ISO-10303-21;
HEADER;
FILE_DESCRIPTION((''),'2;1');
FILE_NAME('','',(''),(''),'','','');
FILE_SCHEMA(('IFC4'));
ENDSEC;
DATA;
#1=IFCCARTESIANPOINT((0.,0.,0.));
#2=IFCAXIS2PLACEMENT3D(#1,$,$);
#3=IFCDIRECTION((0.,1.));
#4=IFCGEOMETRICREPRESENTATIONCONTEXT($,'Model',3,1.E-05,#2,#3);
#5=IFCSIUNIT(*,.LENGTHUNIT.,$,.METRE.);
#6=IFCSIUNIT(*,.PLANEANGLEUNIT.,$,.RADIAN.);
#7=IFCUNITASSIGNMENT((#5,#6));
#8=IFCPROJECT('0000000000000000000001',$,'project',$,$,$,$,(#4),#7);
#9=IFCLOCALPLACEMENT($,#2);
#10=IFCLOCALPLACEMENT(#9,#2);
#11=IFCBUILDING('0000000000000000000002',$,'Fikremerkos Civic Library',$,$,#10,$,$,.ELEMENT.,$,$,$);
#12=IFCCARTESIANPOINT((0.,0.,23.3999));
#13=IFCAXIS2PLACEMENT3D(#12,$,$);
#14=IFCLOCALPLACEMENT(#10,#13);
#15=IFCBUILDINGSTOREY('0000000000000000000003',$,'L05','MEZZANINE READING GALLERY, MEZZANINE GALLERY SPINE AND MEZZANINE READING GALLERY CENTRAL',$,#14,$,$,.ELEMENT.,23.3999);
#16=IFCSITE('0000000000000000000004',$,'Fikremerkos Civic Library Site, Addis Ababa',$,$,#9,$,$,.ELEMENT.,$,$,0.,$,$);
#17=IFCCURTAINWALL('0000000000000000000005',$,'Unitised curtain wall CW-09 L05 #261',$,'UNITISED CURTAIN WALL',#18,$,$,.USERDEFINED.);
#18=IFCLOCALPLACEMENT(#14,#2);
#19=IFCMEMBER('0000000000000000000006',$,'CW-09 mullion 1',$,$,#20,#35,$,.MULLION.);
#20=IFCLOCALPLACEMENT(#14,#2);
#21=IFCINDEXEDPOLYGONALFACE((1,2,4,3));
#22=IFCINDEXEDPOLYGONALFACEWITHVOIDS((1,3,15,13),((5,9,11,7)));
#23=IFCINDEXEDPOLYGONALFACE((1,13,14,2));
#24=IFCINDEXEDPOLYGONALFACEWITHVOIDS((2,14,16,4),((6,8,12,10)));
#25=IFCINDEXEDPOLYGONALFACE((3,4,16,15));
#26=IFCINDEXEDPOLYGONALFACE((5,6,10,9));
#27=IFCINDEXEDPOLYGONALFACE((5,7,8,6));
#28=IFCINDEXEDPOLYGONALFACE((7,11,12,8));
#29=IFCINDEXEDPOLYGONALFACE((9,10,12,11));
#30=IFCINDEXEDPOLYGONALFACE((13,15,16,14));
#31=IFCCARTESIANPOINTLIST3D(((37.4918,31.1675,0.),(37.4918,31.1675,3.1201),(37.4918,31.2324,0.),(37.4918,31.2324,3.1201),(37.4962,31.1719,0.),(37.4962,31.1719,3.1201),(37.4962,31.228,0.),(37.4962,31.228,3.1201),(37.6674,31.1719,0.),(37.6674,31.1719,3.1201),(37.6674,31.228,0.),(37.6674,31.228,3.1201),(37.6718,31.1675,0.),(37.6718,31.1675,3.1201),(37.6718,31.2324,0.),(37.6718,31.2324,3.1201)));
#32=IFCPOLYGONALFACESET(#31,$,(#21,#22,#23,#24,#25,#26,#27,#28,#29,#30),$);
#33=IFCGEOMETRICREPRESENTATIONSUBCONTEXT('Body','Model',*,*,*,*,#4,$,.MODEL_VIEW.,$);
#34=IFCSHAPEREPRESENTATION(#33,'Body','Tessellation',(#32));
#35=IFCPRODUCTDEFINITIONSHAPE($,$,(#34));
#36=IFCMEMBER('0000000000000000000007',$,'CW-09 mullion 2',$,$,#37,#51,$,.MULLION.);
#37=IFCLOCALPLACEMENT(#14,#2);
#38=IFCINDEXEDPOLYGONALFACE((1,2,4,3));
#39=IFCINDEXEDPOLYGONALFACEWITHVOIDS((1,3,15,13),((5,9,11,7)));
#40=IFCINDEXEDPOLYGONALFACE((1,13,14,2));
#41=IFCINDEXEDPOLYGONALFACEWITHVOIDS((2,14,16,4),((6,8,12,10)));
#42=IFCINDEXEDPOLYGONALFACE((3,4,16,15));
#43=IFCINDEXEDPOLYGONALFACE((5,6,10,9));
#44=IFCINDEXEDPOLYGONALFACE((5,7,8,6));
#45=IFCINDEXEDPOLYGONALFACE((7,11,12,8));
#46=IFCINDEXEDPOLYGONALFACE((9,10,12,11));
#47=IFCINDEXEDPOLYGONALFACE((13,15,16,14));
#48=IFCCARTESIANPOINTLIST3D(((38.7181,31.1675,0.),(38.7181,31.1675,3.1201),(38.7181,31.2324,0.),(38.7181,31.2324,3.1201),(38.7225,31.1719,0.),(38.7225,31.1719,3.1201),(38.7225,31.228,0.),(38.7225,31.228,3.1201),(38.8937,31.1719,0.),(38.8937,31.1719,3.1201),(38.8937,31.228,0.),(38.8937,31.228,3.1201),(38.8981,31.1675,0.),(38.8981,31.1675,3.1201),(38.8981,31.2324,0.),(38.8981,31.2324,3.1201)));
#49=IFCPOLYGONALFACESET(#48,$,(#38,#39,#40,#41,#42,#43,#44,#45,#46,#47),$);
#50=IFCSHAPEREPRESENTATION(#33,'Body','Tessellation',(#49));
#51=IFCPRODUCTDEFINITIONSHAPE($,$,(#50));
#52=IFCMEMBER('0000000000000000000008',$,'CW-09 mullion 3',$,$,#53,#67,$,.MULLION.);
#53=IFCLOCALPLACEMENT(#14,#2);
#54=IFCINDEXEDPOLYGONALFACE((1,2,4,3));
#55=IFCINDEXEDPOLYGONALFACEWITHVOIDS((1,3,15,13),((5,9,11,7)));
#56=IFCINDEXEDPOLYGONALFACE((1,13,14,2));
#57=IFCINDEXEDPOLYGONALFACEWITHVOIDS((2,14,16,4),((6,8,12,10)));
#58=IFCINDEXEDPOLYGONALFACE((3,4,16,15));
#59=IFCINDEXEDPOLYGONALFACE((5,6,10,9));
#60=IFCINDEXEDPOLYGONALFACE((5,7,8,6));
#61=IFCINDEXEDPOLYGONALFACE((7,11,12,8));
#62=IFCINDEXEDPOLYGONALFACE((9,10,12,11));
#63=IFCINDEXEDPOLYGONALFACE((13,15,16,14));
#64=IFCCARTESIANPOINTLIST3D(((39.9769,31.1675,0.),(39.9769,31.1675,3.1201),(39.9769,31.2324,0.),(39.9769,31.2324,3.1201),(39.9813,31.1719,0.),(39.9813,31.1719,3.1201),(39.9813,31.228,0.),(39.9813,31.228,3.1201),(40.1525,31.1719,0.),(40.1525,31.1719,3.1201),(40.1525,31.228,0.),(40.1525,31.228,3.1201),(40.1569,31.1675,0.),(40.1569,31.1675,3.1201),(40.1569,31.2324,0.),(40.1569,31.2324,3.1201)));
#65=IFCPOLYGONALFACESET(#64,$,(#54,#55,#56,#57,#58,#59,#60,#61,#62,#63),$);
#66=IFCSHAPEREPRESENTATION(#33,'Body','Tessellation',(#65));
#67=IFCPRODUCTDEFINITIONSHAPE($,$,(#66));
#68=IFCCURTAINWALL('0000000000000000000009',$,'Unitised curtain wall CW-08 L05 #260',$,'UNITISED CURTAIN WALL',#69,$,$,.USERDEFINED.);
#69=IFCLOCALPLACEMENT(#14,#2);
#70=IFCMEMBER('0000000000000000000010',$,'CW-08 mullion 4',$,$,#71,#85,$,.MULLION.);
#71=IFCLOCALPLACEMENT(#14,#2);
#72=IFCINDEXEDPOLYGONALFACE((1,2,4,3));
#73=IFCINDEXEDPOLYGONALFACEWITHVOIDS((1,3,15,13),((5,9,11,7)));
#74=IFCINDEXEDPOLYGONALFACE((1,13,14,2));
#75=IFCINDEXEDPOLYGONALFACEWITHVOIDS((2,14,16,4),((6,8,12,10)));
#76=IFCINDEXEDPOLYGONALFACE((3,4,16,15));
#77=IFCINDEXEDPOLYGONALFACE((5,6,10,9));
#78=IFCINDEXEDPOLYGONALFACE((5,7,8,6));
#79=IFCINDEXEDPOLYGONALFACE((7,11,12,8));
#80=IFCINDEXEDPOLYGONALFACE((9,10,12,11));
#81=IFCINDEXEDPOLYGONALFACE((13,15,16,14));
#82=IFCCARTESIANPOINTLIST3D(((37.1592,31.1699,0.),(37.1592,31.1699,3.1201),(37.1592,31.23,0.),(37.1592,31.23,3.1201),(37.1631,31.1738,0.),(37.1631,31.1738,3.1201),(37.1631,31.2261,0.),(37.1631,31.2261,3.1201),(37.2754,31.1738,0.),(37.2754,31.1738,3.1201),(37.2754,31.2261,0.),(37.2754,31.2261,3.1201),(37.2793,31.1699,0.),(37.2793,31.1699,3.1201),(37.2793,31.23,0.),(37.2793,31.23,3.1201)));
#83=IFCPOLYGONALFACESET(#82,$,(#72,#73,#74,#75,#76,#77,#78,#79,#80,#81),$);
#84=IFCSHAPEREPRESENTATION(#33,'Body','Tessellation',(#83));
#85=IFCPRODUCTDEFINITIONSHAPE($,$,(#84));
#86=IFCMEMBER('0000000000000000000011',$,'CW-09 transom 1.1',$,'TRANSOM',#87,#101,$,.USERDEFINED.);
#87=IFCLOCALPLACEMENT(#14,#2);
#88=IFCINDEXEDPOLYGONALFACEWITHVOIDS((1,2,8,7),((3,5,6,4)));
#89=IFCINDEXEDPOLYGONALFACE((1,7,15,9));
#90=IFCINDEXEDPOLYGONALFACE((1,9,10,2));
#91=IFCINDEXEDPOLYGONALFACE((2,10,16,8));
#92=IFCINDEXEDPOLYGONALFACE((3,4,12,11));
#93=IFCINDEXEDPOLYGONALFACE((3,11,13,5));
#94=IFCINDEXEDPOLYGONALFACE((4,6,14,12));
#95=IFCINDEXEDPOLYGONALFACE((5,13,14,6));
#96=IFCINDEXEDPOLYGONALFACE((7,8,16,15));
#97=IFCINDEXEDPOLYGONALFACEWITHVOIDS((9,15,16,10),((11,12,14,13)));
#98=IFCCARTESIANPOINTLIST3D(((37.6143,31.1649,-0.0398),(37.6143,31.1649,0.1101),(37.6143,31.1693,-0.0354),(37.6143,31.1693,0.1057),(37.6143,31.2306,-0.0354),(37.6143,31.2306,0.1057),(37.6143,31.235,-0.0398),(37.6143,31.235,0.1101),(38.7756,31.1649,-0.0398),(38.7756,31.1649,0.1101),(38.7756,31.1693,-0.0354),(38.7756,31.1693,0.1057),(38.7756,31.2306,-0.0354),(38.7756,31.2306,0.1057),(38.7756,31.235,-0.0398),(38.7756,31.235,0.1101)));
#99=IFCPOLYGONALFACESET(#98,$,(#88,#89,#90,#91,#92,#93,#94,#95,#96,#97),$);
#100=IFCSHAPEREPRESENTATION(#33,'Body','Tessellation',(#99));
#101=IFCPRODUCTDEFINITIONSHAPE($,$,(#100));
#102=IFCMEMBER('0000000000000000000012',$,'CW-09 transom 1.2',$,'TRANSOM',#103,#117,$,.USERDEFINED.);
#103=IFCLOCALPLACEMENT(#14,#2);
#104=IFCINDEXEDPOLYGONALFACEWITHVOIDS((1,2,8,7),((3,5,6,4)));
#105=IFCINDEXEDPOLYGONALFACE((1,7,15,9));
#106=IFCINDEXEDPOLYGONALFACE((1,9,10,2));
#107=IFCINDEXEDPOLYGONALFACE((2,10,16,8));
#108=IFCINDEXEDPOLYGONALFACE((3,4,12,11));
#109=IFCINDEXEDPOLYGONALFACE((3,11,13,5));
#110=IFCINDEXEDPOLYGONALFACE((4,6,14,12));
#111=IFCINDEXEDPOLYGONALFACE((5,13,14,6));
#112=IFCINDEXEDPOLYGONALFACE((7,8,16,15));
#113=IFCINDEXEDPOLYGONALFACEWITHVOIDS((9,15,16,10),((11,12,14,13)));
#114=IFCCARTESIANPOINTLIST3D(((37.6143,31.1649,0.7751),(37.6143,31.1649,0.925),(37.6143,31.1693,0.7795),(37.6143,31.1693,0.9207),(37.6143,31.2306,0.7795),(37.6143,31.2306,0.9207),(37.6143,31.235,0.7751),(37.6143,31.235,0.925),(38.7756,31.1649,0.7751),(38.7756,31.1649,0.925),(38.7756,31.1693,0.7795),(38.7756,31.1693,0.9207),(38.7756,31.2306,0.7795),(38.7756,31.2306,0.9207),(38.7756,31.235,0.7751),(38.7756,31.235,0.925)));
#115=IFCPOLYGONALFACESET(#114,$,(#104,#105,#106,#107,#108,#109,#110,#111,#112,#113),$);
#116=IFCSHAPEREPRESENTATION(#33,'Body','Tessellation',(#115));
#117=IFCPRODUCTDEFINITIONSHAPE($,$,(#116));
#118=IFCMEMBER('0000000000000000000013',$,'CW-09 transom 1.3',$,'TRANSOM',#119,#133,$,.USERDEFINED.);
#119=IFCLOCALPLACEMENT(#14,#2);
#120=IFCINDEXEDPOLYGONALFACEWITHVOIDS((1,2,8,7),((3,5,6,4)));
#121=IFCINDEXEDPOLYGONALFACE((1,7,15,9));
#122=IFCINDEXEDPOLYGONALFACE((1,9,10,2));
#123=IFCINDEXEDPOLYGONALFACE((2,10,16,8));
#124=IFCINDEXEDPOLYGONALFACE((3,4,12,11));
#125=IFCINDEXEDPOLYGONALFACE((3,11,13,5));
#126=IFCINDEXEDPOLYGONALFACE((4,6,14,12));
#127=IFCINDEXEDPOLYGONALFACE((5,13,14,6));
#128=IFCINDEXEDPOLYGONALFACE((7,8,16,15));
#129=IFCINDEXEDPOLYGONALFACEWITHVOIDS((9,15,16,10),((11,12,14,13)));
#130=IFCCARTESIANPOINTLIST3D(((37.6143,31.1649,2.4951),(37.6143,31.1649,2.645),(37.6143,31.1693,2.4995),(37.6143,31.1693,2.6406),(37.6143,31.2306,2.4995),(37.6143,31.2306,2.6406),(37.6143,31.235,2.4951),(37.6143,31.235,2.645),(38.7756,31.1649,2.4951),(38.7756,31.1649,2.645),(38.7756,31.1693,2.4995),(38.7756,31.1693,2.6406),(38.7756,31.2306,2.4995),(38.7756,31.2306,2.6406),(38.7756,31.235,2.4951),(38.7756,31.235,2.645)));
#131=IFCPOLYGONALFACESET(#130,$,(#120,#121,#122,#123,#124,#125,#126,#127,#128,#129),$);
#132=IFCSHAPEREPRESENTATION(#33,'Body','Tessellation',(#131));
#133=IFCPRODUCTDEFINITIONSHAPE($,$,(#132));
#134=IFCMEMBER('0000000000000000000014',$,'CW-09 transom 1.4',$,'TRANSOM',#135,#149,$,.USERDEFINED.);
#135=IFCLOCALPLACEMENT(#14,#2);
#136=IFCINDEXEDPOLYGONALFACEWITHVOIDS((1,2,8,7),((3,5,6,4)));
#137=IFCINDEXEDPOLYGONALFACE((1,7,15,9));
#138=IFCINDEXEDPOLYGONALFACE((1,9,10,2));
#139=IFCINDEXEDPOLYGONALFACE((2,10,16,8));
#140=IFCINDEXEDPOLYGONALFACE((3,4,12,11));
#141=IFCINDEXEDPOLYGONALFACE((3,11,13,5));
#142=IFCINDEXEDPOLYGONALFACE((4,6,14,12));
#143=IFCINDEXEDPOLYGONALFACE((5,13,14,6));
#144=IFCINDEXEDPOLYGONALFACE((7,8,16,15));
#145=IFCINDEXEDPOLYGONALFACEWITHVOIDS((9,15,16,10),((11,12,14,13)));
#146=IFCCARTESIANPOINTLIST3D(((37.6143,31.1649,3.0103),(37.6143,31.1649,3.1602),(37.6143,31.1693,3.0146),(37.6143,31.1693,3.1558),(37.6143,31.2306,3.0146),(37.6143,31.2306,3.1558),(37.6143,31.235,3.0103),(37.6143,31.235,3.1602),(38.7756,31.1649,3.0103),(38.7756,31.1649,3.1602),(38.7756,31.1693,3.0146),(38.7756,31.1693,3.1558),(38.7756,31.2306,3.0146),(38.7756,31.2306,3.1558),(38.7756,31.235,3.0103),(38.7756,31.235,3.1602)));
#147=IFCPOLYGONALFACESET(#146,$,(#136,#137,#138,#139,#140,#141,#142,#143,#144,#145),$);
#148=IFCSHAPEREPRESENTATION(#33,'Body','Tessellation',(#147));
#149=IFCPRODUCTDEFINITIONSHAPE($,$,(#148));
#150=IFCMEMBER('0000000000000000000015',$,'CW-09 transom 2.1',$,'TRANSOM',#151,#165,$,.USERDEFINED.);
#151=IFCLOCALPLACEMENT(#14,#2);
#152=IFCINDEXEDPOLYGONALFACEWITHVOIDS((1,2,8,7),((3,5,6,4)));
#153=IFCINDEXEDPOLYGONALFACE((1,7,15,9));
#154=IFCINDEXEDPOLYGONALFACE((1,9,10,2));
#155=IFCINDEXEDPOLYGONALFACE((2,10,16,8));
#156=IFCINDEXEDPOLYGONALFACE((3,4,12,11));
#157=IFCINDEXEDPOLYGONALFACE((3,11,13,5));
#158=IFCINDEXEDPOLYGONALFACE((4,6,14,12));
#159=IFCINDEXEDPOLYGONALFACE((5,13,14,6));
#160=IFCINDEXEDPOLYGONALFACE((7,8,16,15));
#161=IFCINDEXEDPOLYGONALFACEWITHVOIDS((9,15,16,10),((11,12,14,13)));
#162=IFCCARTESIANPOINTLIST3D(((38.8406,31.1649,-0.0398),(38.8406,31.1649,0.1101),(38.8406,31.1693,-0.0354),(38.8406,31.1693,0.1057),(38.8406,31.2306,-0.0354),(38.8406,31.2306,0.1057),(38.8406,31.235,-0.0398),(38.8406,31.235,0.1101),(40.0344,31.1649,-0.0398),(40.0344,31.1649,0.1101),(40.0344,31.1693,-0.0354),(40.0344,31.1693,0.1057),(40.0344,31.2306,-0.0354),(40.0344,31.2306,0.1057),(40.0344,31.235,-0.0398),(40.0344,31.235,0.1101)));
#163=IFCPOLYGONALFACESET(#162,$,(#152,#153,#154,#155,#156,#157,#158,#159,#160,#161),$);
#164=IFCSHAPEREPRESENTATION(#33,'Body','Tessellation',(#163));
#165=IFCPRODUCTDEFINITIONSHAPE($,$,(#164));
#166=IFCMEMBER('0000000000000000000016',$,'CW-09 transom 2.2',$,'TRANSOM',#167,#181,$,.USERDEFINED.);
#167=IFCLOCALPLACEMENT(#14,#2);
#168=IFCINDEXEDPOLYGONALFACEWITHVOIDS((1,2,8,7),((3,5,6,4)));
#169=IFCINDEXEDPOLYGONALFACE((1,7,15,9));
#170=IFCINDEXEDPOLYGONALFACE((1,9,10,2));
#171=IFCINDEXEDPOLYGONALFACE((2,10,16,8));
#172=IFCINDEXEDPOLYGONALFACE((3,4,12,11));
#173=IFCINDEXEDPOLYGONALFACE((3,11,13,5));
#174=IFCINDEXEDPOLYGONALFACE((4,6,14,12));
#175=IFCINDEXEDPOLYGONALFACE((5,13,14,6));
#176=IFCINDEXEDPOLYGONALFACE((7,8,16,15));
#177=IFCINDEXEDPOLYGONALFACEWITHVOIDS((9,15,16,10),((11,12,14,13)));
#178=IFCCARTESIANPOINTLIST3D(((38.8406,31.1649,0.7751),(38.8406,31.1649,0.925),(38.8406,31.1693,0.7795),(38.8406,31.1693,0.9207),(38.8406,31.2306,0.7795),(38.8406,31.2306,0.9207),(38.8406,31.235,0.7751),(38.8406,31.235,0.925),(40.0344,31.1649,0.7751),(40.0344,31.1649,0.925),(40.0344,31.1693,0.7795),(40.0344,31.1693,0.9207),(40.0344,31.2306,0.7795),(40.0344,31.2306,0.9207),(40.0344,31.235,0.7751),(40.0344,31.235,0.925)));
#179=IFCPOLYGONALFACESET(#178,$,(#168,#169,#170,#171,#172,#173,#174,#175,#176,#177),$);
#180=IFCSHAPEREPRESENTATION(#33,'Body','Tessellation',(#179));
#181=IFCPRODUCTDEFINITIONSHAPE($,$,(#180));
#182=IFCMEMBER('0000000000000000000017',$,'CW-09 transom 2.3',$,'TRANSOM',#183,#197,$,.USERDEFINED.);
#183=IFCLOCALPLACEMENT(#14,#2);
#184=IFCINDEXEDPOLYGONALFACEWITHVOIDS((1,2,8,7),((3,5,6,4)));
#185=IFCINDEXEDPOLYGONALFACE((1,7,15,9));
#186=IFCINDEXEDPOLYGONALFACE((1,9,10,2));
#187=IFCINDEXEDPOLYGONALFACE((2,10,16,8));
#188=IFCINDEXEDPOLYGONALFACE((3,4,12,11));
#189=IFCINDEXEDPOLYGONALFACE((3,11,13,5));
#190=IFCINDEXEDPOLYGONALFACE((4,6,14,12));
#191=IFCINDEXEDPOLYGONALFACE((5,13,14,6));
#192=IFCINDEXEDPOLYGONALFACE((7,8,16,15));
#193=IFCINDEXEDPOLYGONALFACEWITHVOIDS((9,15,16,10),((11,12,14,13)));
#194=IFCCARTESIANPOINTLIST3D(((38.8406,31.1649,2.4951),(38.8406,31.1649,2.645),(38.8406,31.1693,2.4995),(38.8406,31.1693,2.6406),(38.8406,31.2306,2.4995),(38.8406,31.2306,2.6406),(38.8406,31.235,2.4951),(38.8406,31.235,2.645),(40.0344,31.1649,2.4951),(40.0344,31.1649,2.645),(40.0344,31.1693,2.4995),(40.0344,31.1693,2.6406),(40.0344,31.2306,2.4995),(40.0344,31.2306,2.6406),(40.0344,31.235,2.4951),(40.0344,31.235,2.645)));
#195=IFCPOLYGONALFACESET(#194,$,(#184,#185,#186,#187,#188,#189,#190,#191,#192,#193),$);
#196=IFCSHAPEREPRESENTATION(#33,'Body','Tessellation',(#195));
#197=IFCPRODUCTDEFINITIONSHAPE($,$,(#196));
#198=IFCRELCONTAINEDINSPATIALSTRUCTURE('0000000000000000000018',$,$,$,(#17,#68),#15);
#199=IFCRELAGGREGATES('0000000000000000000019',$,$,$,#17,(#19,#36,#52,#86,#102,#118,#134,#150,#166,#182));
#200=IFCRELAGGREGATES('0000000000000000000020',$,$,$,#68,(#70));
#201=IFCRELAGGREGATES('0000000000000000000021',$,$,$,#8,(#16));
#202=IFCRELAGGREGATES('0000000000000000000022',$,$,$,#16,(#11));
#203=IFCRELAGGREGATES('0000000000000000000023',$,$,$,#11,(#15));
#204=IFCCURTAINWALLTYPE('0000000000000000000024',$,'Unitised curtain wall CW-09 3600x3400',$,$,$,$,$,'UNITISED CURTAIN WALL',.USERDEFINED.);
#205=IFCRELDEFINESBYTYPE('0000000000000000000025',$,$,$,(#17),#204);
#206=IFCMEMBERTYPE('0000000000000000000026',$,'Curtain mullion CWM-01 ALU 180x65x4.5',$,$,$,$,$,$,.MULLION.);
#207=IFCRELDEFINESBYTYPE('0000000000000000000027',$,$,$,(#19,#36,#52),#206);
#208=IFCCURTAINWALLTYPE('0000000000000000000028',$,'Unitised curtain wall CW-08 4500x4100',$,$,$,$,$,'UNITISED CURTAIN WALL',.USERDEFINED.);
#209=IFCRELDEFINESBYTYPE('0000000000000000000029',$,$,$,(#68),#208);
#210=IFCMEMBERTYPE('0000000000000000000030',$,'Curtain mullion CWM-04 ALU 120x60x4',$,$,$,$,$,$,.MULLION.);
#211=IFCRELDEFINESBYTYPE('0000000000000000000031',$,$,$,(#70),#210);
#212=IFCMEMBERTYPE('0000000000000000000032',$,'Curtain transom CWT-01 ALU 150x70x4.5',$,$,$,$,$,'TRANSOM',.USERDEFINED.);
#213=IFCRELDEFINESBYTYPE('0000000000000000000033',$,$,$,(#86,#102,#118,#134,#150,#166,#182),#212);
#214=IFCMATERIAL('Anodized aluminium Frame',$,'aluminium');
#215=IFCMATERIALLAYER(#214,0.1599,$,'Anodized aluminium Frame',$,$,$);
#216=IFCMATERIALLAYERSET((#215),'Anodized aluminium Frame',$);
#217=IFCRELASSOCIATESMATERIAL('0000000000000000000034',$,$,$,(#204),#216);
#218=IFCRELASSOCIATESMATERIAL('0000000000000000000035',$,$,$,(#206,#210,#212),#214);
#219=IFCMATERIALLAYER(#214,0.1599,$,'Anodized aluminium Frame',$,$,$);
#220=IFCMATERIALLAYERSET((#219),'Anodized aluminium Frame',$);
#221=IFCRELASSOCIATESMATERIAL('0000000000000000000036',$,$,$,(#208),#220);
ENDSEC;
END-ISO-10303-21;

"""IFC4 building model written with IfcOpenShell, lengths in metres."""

from ifc_helpers import new_model, si_unit, direction, frame, origin, origin_2d, place, context, subcontext, project, spatial, hollow_rectangle, extrude, material, layer, layer_set, material_profile, profile_set, type_object, element, aggregate, save


model = new_model("IFC4")

# Units and contexts
model_context = context("Model", 3, precision=1e-05, world=origin(), true_north=direction((0.0, 1.0)))
body_context = subcontext(model_context, "Body", "Model", "MODEL_VIEW")
ifc_project = project(units=[si_unit("LENGTHUNIT", "METRE"), si_unit("PLANEANGLEUNIT", "RADIAN")], contexts=[model_context])

# Site, building, storey
site_placement = place(None, origin())
site = spatial("IfcSite", under=ifc_project, at=site_placement, Name="Fikremerkos Civic Library Site, Addis Ababa", CompositionType="ELEMENT", RefElevation=0.0)
building_placement = place(site_placement, origin())
building = spatial("IfcBuilding", under=site, at=building_placement, Name="Fikremerkos Civic Library", CompositionType="ELEMENT")
storey_placement = place(building_placement, frame((0.0, 0.0, 23.3999)))
storey = spatial("IfcBuildingStorey", under=building, at=storey_placement, Name="L05", Description="MEZZANINE READING GALLERY, MEZZANINE GALLERY SPINE AND MEZZANINE READING GALLERY CENTRAL", CompositionType="ELEMENT", Elevation=23.3999)

# Curtain wall, members
ifc_material_1 = material(Name="Anodized aluminium Frame", Category="aluminium")
ifc_layer_1 = layer(ifc_material_1, 0.1599, Name="Anodized aluminium Frame")
ifc_layer_set_1 = layer_set([ifc_layer_1], Name="Anodized aluminium Frame")
curtain_wall_type_1 = type_object("IfcCurtainWallType", Name="Unitised curtain wall CW-09 3600x3400", ElementType="UNITISED CURTAIN WALL", PredefinedType="USERDEFINED", material=ifc_layer_set_1)
curtain_wall_1_placement = place(storey_placement, origin())
curtain_wall_1 = element("IfcCurtainWall", 1, at=curtain_wall_1_placement, inside=storey, type_object=curtain_wall_type_1, Name="Unitised curtain wall CW-09 L05 #261", ObjectType="UNITISED CURTAIN WALL", PredefinedType="USERDEFINED")
ifc_material_profile_1 = material_profile(ifc_material_1, hollow_rectangle(XDim=0.0649, YDim=0.1799, WallThickness=0.0044, at=origin_2d()), Name="ALU 180x65x4.5")
ifc_profile_set_1 = profile_set([ifc_material_profile_1], Name="Anodized aluminium Frame")
member_type_1 = type_object("IfcMemberType", Name="Curtain mullion CWM-01 ALU 180x65x4.5", PredefinedType="MULLION", material=ifc_profile_set_1)
member_1_placement = place(storey_placement, frame((37.5818, 31.2, 0.0), z_axis=(0.0, 0.0, 1.0), x_axis=(0.0, 1.0, 0.0)))
member_1 = element("IfcMember", 2, at=member_1_placement, type_object=member_type_1, Name="CW-09 mullion 1", PredefinedType="MULLION", context=body_context, shape_type="SweptSolid", body=[
    extrude(hollow_rectangle(XDim=0.0649, YDim=0.1799, WallThickness=0.0044, at=origin_2d()), origin(), (0.0, 0.0, 1.0), 3.1201),
])
member_2_placement = place(storey_placement, frame((38.8081, 31.2, 0.0), z_axis=(0.0, 0.0, 1.0), x_axis=(0.0, 1.0, 0.0)))
member_2 = element("IfcMember", 3, at=member_2_placement, type_object=member_type_1, Name="CW-09 mullion 2", PredefinedType="MULLION", context=body_context, shape_type="SweptSolid", body=[
    extrude(hollow_rectangle(XDim=0.0649, YDim=0.1799, WallThickness=0.0044, at=origin_2d()), origin(), (0.0, 0.0, 1.0), 3.1201),
])
member_3_placement = place(storey_placement, frame((40.0669, 31.2, 0.0), z_axis=(0.0, 0.0, 1.0), x_axis=(0.0, 1.0, 0.0)))
member_3 = element("IfcMember", 4, at=member_3_placement, type_object=member_type_1, Name="CW-09 mullion 3", PredefinedType="MULLION", context=body_context, shape_type="SweptSolid", body=[
    extrude(hollow_rectangle(XDim=0.0649, YDim=0.1799, WallThickness=0.0044, at=origin_2d()), origin(), (0.0, 0.0, 1.0), 3.1201),
])

# Curtain wall, member
ifc_layer_2 = layer(ifc_material_1, 0.1599, Name="Anodized aluminium Frame")
ifc_layer_set_2 = layer_set([ifc_layer_2], Name="Anodized aluminium Frame")
curtain_wall_type_2 = type_object("IfcCurtainWallType", Name="Unitised curtain wall CW-08 4500x4100", ElementType="UNITISED CURTAIN WALL", PredefinedType="USERDEFINED", material=ifc_layer_set_2)
curtain_wall_2_placement = place(storey_placement, origin())
curtain_wall_2 = element("IfcCurtainWall", 5, at=curtain_wall_2_placement, inside=storey, type_object=curtain_wall_type_2, Name="Unitised curtain wall CW-08 L05 #260", ObjectType="UNITISED CURTAIN WALL", PredefinedType="USERDEFINED")
ifc_material_profile_2 = material_profile(ifc_material_1, hollow_rectangle(XDim=0.0601, YDim=0.1201, WallThickness=0.0039, at=origin_2d()), Name="ALU 120x60x4")
ifc_profile_set_2 = profile_set([ifc_material_profile_2], Name="Anodized aluminium Frame")
member_type_2 = type_object("IfcMemberType", Name="Curtain mullion CWM-04 ALU 120x60x4", PredefinedType="MULLION", material=ifc_profile_set_2)
member_4_placement = place(storey_placement, frame((37.2192, 31.2, 0.0), z_axis=(0.0, 0.0, 1.0), x_axis=(0.0, 1.0, 0.0)))
member_4 = element("IfcMember", 6, at=member_4_placement, type_object=member_type_2, Name="CW-08 mullion 4", PredefinedType="MULLION", context=body_context, shape_type="SweptSolid", body=[
    extrude(hollow_rectangle(XDim=0.0601, YDim=0.1201, WallThickness=0.0039, at=origin_2d()), origin(), (0.0, 0.0, 1.0), 3.1201),
])

# Members
ifc_material_profile_3 = material_profile(ifc_material_1, hollow_rectangle(XDim=0.0701, YDim=0.1499, WallThickness=0.0044, at=origin_2d()), Name="ALU 150x70x4.5")
ifc_profile_set_3 = profile_set([ifc_material_profile_3], Name="Anodized aluminium Frame")
member_type_3 = type_object("IfcMemberType", Name="Curtain transom CWT-01 ALU 150x70x4.5", ElementType="TRANSOM", PredefinedType="USERDEFINED", material=ifc_profile_set_3)
member_5_placement = place(storey_placement, frame((37.6143, 31.2, 0.0352), z_axis=(1.0, 0.0, 0.0), x_axis=(0.0, 1.0, 0.0)))
member_5 = element("IfcMember", 7, at=member_5_placement, type_object=member_type_3, Name="CW-09 transom 1.1", ObjectType="TRANSOM", PredefinedType="USERDEFINED", context=body_context, shape_type="SweptSolid", body=[
    extrude(hollow_rectangle(XDim=0.0701, YDim=0.1499, WallThickness=0.0044, at=origin_2d()), origin(), (0.0, 0.0, 1.0), 1.1614),
])
member_6_placement = place(storey_placement, frame((37.6143, 31.2, 0.8501), z_axis=(1.0, 0.0, 0.0), x_axis=(0.0, 1.0, 0.0)))
member_6 = element("IfcMember", 8, at=member_6_placement, type_object=member_type_3, Name="CW-09 transom 1.2", ObjectType="TRANSOM", PredefinedType="USERDEFINED", context=body_context, shape_type="SweptSolid", body=[
    extrude(hollow_rectangle(XDim=0.0701, YDim=0.1499, WallThickness=0.0044, at=origin_2d()), origin(), (0.0, 0.0, 1.0), 1.1614),
])
member_7_placement = place(storey_placement, frame((37.6143, 31.2, 2.5701), z_axis=(1.0, 0.0, 0.0), x_axis=(0.0, 1.0, 0.0)))
member_7 = element("IfcMember", 9, at=member_7_placement, type_object=member_type_3, Name="CW-09 transom 1.3", ObjectType="TRANSOM", PredefinedType="USERDEFINED", context=body_context, shape_type="SweptSolid", body=[
    extrude(hollow_rectangle(XDim=0.0701, YDim=0.1499, WallThickness=0.0044, at=origin_2d()), origin(), (0.0, 0.0, 1.0), 1.1614),
])
member_8_placement = place(storey_placement, frame((37.6143, 31.2, 3.0852), z_axis=(1.0, 0.0, 0.0), x_axis=(0.0, 1.0, 0.0)))
member_8 = element("IfcMember", 10, at=member_8_placement, type_object=member_type_3, Name="CW-09 transom 1.4", ObjectType="TRANSOM", PredefinedType="USERDEFINED", context=body_context, shape_type="SweptSolid", body=[
    extrude(hollow_rectangle(XDim=0.0701, YDim=0.1499, WallThickness=0.0044, at=origin_2d()), origin(), (0.0, 0.0, 1.0), 1.1614),
])
member_9_placement = place(storey_placement, frame((38.8406, 31.2, 0.0352), z_axis=(1.0, 0.0, 0.0), x_axis=(0.0, 1.0, 0.0)))
member_9 = element("IfcMember", 11, at=member_9_placement, type_object=member_type_3, Name="CW-09 transom 2.1", ObjectType="TRANSOM", PredefinedType="USERDEFINED", context=body_context, shape_type="SweptSolid", body=[
    extrude(hollow_rectangle(XDim=0.0701, YDim=0.1499, WallThickness=0.0044, at=origin_2d()), origin(), (0.0, 0.0, 1.0), 1.1938),
])
member_10_placement = place(storey_placement, frame((38.8406, 31.2, 0.8501), z_axis=(1.0, 0.0, 0.0), x_axis=(0.0, 1.0, 0.0)))
member_10 = element("IfcMember", 12, at=member_10_placement, type_object=member_type_3, Name="CW-09 transom 2.2", ObjectType="TRANSOM", PredefinedType="USERDEFINED", context=body_context, shape_type="SweptSolid", body=[
    extrude(hollow_rectangle(XDim=0.0701, YDim=0.1499, WallThickness=0.0044, at=origin_2d()), origin(), (0.0, 0.0, 1.0), 1.1938),
])
member_11_placement = place(storey_placement, frame((38.8406, 31.2, 2.5701), z_axis=(1.0, 0.0, 0.0), x_axis=(0.0, 1.0, 0.0)))
member_11 = element("IfcMember", 13, at=member_11_placement, type_object=member_type_3, Name="CW-09 transom 2.3", ObjectType="TRANSOM", PredefinedType="USERDEFINED", context=body_context, shape_type="SweptSolid", body=[
    extrude(hollow_rectangle(XDim=0.0701, YDim=0.1499, WallThickness=0.0044, at=origin_2d()), origin(), (0.0, 0.0, 1.0), 1.1938),
])

aggregate(curtain_wall_1, [member_1, member_2, member_3, member_5, member_6, member_7, member_8, member_9, member_10, member_11])
aggregate(curtain_wall_2, [member_4])

save(model, "model.ifc")
